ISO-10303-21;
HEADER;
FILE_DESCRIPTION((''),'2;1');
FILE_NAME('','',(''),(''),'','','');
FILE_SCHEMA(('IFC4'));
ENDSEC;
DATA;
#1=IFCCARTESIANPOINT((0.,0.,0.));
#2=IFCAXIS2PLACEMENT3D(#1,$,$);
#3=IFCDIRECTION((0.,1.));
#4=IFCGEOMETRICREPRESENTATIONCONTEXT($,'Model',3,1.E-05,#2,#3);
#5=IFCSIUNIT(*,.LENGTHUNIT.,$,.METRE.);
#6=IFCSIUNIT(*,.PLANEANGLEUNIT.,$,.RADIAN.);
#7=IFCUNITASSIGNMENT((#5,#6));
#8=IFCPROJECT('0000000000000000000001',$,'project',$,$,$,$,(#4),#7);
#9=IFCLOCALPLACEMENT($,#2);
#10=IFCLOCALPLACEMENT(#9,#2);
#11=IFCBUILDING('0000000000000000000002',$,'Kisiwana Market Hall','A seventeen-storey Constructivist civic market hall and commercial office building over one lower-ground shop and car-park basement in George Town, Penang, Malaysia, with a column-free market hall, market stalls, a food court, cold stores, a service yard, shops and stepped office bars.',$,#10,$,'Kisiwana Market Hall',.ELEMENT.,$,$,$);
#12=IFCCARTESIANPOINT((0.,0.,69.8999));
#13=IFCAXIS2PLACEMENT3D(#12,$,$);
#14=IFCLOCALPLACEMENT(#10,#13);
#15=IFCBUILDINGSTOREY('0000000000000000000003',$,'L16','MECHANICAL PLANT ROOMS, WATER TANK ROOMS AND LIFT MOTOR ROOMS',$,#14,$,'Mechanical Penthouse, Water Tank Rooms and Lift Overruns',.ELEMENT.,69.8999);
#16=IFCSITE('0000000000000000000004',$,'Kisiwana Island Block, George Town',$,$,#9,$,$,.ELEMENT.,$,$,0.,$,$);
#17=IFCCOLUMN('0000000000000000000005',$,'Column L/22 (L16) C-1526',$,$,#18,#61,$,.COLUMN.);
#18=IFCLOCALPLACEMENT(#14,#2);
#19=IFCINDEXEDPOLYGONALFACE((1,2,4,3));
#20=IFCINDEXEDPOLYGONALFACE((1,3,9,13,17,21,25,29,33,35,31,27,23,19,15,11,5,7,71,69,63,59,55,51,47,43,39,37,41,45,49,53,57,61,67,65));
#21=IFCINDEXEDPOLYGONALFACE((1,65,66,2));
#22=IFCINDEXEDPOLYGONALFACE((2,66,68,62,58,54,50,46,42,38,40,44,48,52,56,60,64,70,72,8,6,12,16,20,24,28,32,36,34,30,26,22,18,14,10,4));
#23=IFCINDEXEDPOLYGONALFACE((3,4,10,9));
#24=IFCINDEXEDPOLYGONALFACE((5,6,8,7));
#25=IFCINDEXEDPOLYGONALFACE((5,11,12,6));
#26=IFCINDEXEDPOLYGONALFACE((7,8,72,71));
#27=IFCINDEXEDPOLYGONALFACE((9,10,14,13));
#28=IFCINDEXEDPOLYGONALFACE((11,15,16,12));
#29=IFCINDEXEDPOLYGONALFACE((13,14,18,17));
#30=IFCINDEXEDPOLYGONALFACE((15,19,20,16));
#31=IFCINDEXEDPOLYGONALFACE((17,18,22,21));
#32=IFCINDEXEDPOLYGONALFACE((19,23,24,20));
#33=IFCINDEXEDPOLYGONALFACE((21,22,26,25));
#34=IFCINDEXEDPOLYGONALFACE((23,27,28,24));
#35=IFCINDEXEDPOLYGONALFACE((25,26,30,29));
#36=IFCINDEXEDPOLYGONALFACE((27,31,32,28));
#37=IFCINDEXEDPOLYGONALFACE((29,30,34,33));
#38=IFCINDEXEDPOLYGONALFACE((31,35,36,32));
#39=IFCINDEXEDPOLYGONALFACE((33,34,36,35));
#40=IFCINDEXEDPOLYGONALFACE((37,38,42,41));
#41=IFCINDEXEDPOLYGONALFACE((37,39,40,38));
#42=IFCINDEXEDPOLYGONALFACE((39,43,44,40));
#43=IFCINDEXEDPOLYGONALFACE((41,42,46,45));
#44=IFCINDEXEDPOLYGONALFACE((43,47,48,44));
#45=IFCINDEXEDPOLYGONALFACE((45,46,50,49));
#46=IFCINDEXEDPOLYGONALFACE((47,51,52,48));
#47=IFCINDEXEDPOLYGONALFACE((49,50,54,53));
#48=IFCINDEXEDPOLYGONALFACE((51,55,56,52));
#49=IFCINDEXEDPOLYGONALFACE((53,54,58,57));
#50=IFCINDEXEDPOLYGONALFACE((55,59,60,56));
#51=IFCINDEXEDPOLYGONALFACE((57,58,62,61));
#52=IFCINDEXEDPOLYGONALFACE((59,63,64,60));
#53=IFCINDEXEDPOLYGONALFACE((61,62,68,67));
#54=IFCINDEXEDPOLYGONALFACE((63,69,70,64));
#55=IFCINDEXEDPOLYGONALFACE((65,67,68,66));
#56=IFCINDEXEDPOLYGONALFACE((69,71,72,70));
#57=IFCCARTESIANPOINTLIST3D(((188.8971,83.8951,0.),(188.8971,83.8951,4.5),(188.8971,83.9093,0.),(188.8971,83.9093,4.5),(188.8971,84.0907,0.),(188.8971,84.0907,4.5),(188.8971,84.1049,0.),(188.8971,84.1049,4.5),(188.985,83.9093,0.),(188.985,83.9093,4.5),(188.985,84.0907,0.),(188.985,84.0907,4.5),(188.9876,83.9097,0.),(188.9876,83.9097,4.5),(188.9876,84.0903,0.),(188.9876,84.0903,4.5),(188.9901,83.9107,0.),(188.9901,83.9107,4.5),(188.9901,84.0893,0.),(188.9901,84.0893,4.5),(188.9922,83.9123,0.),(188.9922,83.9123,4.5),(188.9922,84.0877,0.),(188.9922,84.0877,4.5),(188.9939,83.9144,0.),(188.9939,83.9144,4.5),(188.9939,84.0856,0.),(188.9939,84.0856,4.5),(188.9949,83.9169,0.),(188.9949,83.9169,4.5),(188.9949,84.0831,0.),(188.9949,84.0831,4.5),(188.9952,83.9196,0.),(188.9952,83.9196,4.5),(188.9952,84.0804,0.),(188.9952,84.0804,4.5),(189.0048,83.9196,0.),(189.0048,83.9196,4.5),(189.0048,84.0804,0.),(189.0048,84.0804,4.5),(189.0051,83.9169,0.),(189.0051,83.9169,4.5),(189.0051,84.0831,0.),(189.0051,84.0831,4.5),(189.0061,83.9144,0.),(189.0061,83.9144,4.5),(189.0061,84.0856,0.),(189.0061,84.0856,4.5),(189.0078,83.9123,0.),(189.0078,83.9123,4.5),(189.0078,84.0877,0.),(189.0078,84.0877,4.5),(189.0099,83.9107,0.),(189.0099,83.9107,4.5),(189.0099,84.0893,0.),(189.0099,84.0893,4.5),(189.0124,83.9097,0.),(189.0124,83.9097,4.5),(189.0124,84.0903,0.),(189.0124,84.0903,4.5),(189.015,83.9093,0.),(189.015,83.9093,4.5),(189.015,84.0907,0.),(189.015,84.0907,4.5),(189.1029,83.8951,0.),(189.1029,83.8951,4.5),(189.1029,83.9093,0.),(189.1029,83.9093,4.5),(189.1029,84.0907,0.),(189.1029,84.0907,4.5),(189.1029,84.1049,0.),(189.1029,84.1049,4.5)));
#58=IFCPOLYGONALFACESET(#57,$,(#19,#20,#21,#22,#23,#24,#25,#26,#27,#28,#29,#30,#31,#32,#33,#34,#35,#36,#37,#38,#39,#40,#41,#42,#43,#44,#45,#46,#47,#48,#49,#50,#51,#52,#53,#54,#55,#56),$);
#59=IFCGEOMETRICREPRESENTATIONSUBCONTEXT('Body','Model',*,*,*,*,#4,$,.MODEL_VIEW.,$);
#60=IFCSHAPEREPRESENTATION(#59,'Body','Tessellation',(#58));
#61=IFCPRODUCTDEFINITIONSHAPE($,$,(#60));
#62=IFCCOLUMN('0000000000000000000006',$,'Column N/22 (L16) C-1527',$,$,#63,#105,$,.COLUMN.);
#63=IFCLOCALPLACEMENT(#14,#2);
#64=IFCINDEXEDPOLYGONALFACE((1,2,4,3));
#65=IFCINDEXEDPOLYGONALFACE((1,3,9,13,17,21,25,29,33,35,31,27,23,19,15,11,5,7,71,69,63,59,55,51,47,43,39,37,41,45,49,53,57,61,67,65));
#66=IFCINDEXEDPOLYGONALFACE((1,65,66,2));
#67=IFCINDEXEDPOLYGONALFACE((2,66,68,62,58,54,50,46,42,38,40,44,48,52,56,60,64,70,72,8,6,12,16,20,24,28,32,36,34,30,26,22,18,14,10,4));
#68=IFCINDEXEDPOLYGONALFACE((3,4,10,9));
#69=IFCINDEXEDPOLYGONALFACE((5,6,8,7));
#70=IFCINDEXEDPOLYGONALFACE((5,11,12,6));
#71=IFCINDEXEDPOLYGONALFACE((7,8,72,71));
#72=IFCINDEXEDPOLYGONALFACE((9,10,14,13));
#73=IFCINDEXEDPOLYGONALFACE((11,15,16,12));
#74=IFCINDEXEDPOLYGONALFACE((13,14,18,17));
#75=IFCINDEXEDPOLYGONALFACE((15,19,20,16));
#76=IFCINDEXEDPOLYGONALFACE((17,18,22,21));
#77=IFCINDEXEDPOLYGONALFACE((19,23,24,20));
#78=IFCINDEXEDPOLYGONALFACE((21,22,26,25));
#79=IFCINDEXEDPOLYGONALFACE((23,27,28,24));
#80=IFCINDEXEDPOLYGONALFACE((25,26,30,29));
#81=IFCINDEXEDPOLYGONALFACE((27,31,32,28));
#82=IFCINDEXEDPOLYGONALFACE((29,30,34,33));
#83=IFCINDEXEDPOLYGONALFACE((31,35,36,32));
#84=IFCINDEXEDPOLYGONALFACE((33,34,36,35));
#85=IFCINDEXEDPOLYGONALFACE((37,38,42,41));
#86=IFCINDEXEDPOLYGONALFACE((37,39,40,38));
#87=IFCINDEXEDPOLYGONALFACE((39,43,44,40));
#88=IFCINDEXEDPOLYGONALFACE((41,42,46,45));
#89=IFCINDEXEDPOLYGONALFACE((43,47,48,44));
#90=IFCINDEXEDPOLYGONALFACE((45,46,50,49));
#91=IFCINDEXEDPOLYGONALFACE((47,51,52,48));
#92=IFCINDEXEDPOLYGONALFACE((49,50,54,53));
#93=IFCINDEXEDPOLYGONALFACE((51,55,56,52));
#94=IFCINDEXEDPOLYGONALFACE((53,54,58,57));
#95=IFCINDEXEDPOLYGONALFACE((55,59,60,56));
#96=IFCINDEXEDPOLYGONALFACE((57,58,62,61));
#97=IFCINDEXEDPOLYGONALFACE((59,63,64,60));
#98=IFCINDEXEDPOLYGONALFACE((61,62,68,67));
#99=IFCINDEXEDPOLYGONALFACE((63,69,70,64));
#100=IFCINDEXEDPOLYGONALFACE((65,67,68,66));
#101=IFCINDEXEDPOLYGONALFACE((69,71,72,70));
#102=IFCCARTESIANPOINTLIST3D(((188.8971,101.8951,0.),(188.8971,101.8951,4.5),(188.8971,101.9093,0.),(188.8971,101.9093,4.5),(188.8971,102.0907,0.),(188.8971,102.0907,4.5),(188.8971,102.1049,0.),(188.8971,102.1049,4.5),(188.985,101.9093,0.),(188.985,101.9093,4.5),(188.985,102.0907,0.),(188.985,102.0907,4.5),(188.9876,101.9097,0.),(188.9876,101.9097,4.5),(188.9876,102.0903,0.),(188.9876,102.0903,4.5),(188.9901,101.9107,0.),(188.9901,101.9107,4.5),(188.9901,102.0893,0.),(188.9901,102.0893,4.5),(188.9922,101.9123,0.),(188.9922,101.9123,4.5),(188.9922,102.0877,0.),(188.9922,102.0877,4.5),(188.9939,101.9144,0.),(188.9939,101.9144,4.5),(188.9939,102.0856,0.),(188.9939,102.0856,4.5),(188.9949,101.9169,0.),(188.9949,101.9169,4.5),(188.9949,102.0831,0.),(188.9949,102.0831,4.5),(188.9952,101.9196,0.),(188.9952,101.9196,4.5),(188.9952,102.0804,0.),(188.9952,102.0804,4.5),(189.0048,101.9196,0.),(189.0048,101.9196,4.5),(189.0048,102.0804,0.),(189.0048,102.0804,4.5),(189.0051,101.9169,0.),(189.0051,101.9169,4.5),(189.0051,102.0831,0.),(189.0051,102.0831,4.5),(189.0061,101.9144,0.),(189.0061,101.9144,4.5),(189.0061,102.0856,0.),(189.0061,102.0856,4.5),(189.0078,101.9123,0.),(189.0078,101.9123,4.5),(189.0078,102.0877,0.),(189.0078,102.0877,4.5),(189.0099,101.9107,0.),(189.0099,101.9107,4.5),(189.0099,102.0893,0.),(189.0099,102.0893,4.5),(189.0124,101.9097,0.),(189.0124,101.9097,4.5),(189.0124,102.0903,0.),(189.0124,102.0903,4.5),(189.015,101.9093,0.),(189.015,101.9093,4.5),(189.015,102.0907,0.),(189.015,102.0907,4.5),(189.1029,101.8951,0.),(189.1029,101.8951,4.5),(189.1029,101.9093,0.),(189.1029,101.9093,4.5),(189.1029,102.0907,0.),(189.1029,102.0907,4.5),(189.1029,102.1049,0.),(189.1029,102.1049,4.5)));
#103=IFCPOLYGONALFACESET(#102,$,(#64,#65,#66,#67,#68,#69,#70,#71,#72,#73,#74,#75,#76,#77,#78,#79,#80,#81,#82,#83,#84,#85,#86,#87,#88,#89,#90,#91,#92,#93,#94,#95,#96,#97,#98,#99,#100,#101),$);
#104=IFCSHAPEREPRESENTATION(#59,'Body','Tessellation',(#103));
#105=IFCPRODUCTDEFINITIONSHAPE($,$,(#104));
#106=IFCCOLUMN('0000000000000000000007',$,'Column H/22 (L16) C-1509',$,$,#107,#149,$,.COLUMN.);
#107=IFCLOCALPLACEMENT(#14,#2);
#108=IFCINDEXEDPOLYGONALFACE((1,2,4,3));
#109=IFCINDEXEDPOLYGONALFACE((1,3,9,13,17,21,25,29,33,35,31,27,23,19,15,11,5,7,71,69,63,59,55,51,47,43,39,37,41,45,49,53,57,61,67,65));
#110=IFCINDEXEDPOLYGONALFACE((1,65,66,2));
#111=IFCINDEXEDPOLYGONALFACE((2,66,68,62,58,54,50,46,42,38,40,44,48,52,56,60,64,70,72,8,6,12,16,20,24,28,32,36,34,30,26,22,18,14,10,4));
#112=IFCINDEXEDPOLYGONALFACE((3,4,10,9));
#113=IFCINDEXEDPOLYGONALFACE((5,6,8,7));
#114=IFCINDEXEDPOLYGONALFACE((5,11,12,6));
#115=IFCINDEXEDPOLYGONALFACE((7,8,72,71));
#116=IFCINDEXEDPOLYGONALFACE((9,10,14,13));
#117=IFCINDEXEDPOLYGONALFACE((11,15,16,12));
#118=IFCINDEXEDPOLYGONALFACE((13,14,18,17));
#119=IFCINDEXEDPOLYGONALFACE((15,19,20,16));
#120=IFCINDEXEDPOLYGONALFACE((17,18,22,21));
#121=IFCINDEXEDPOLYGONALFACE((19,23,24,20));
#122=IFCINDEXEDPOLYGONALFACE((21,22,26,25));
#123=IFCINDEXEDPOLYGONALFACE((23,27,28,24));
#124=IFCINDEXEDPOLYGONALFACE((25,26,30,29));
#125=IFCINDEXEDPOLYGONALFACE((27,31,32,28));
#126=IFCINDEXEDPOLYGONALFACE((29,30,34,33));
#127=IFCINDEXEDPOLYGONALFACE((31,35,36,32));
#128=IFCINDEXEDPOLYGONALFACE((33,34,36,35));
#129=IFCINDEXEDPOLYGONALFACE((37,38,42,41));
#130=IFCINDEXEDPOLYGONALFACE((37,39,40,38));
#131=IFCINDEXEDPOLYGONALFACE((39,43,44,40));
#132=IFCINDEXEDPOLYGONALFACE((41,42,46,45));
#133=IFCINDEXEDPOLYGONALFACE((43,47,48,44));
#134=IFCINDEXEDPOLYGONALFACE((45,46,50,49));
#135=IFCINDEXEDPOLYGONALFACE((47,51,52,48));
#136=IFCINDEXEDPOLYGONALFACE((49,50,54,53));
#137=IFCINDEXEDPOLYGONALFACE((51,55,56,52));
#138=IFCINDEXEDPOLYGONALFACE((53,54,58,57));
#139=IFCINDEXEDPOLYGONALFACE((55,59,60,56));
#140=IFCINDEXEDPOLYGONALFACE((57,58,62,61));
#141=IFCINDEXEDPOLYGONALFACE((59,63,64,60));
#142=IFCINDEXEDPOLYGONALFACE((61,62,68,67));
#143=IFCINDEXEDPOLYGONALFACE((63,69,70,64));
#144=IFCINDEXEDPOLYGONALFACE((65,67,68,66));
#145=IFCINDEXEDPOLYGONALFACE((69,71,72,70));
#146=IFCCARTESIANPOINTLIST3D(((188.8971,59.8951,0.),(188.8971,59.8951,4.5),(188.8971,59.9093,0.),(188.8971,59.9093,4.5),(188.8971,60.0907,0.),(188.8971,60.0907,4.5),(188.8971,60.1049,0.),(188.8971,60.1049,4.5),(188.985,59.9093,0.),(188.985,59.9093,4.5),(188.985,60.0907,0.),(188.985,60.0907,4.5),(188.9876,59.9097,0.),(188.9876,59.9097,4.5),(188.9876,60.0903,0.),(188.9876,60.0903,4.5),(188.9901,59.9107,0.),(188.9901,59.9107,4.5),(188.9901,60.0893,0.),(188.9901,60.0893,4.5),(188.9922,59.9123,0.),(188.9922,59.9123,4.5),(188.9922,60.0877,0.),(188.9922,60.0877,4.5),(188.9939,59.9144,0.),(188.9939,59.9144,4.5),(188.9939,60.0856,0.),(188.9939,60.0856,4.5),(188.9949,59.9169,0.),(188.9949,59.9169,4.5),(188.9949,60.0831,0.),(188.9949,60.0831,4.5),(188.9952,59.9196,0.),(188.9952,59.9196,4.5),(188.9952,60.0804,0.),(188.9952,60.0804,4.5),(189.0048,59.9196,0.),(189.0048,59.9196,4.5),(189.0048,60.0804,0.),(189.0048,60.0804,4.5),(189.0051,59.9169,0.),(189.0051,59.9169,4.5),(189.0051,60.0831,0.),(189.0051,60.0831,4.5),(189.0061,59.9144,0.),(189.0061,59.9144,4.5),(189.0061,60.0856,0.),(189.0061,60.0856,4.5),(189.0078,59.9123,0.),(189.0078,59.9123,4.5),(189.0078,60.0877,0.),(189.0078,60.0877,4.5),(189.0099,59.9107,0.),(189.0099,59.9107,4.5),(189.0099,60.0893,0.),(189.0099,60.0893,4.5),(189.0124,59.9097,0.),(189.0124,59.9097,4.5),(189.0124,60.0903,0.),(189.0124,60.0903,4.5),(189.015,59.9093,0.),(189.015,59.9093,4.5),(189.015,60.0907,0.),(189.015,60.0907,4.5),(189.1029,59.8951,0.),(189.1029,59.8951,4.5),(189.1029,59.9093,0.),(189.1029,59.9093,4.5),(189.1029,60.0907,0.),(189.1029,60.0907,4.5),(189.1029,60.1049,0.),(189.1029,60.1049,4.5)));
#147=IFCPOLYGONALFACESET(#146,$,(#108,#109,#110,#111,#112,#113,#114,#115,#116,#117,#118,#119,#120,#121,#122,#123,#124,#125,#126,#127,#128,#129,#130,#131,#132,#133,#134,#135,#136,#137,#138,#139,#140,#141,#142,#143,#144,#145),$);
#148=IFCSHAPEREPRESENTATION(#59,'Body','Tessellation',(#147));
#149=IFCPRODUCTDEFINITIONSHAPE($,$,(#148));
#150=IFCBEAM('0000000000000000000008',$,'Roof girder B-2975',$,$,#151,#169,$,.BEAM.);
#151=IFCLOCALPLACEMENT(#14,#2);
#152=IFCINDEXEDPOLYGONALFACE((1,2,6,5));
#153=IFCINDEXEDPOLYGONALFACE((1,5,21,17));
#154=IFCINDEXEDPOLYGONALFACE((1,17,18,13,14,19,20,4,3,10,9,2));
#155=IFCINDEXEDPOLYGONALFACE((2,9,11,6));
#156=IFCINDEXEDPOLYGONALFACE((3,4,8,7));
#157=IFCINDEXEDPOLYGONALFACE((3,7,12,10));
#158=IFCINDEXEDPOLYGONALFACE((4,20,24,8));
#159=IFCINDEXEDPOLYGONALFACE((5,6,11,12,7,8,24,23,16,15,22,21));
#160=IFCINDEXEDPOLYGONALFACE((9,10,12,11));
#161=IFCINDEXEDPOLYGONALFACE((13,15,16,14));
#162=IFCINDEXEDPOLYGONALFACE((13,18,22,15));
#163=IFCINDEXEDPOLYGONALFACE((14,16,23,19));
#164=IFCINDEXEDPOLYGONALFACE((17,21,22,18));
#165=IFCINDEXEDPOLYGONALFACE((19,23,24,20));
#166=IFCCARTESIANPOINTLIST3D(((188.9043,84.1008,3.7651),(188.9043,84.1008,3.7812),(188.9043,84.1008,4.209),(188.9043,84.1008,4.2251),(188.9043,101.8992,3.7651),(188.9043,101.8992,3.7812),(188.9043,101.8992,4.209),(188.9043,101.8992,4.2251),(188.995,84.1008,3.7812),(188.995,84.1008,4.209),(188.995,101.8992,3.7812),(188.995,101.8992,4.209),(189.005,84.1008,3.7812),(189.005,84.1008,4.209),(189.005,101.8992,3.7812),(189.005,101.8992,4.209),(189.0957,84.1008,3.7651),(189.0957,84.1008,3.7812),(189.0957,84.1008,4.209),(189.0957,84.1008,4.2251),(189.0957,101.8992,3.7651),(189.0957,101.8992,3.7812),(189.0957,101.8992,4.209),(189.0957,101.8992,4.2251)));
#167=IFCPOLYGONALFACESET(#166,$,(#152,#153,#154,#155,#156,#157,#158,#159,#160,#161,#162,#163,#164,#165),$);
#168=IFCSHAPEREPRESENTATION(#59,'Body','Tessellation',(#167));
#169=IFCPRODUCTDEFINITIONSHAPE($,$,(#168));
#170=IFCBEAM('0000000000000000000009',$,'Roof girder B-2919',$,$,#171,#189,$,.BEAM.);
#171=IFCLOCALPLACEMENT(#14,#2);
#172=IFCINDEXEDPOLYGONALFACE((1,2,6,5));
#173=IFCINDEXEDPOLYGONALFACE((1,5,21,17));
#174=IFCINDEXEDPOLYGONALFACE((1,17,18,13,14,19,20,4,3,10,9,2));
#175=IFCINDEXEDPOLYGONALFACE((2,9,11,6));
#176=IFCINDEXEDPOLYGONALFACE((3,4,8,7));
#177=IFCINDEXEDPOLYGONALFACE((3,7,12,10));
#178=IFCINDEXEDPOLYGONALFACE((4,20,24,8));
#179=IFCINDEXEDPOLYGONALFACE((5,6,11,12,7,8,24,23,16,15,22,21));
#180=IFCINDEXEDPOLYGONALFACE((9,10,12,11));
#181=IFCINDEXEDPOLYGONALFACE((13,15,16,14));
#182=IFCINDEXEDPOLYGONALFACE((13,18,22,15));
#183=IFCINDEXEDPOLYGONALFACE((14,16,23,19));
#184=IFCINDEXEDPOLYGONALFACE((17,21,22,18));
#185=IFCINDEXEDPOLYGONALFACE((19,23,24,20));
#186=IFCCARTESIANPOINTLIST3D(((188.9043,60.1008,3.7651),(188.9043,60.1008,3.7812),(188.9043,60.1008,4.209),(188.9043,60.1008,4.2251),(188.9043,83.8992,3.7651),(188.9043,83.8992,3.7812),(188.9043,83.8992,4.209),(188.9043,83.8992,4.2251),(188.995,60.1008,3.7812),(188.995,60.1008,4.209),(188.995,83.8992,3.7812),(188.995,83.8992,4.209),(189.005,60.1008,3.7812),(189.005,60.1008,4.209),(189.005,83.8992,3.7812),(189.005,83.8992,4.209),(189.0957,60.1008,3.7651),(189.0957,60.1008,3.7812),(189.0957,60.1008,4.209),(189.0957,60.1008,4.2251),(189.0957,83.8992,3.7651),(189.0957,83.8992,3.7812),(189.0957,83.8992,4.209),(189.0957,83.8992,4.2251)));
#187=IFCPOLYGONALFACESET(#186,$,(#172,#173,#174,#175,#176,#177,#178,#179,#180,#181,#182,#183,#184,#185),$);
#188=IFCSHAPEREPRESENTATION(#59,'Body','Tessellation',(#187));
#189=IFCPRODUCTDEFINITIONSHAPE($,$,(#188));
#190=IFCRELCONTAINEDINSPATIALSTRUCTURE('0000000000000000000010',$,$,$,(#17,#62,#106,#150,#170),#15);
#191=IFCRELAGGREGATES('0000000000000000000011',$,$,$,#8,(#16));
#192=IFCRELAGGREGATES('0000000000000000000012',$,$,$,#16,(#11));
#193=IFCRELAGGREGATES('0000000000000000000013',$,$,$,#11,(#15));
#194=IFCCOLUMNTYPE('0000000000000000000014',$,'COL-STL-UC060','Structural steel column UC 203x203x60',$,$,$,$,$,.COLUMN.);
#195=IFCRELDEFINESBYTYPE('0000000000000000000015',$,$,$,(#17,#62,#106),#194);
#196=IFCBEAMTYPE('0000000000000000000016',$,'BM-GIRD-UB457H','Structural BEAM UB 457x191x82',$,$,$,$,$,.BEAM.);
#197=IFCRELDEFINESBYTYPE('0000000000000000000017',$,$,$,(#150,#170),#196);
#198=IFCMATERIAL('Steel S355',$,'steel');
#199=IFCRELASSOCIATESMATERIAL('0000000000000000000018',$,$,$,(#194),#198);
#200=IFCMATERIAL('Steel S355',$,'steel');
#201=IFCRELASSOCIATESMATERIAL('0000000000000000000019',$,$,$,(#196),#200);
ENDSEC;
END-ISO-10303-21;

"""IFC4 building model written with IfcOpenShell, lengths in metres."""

from ifc_helpers import new_model, si_unit, direction, frame, origin, origin_2d, place, context, subcontext, project, spatial, i_section, extrude, material, material_profile, profile_set, type_object, element, save


model = new_model("IFC4")

# Units and contexts
model_context = context("Model", 3, precision=1e-05, world=origin(), true_north=direction((0.0, 1.0)))
body_context = subcontext(model_context, "Body", "Model", "MODEL_VIEW")
ifc_project = project(units=[si_unit("LENGTHUNIT", "METRE"), si_unit("PLANEANGLEUNIT", "RADIAN")], contexts=[model_context])

# Site, building, storey
site_placement = place(None, origin())
site = spatial("IfcSite", under=ifc_project, at=site_placement, Name="Kisiwana Island Block, George Town", CompositionType="ELEMENT", RefElevation=0.0)
building_placement = place(site_placement, origin())
building = spatial("IfcBuilding", under=site, at=building_placement, Name="Kisiwana Market Hall", Description="A seventeen-storey Constructivist civic market hall and commercial office building over one lower-ground shop and car-park basement in George Town, Penang, Malaysia, with a column-free market hall, market stalls, a food court, cold stores, a service yard, shops and stepped office bars.", LongName="Kisiwana Market Hall", CompositionType="ELEMENT")
storey_placement = place(building_placement, frame((0.0, 0.0, 69.8999)))
storey = spatial("IfcBuildingStorey", under=building, at=storey_placement, Name="L16", Description="MECHANICAL PLANT ROOMS, WATER TANK ROOMS AND LIFT MOTOR ROOMS", LongName="Mechanical Penthouse, Water Tank Rooms and Lift Overruns", CompositionType="ELEMENT", Elevation=69.8999)

# Columns
ifc_material_1 = material(Name="Steel S355", Category="steel")
ifc_material_profile_1 = material_profile(ifc_material_1, i_section(OverallWidth=0.2058, OverallDepth=0.2097, WebThickness=0.0095, FlangeThickness=0.0142, FilletRadius=0.0103, at=origin_2d()), Name="UC 203x203x60")
ifc_profile_set_1 = profile_set([ifc_material_profile_1], Name="Steel S355")
column_type = type_object("IfcColumnType", Name="COL-STL-UC060", Description="Structural steel column UC 203x203x60", PredefinedType="COLUMN", material=ifc_profile_set_1)
for number, where, z_axis, x_axis, name in (
    (1, (189.0, 84.0, 0.0), (0.0, 0.0, 1.0), (1.0, 0.0, 0.0), "Column L/22 (L16) C-1526"),
    (2, (189.0, 102.0, 0.0), (0.0, 0.0, 1.0), (1.0, 0.0, 0.0), "Column N/22 (L16) C-1527"),
    (3, (189.0, 60.0, 0.0), (0.0, 0.0, 1.0), (1.0, 0.0, 0.0), "Column H/22 (L16) C-1509"),
):
    element("IfcColumn", number, at=place(storey_placement, frame(where, z_axis=z_axis, x_axis=x_axis)), inside=storey, type_object=column_type, Name=name, PredefinedType="COLUMN", context=body_context, shape_type="SweptSolid", body=[
        extrude(i_section(OverallWidth=0.2058, OverallDepth=0.2097, WebThickness=0.0095, FlangeThickness=0.0142, FilletRadius=0.0103, at=origin_2d()), origin(), (0.0, 0.0, 1.0), 4.5),
    ])

# Beams
ifc_material_2 = material(Name="Steel S355", Category="steel")
ifc_material_profile_2 = material_profile(ifc_material_2, i_section(OverallWidth=0.1914, OverallDepth=0.46, WebThickness=0.01, FlangeThickness=0.0161, at=origin_2d()), Name="UB 457x191x82")
ifc_profile_set_2 = profile_set([ifc_material_profile_2], Name="Steel S355")
beam_type_1 = type_object("IfcBeamType", Name="BM-GIRD-UB457H", Description="Structural BEAM UB 457x191x82", PredefinedType="BEAM", material=ifc_profile_set_2)
beam_1_placement = place(storey_placement, frame((189.0, 84.1008, 3.9951), z_axis=(0.0, 1.0, 0.0), x_axis=(-1.0, 0.0, 0.0)))
element("IfcBeam", 4, at=beam_1_placement, inside=storey, type_object=beam_type_1, Name="Roof girder B-2975", PredefinedType="BEAM", context=body_context, shape_type="SweptSolid", body=[
    extrude(i_section(OverallWidth=0.1914, OverallDepth=0.46, WebThickness=0.01, FlangeThickness=0.0161, at=origin_2d()), origin(), (0.0, 0.0, 1.0), 17.7983),
])
beam_2_placement = place(storey_placement, frame((189.0, 60.1008, 3.9951), z_axis=(0.0, 1.0, 0.0), x_axis=(-1.0, 0.0, 0.0)))
element("IfcBeam", 5, at=beam_2_placement, inside=storey, type_object=beam_type_1, Name="Roof girder B-2919", PredefinedType="BEAM", context=body_context, shape_type="SweptSolid", body=[
    extrude(i_section(OverallWidth=0.1914, OverallDepth=0.46, WebThickness=0.01, FlangeThickness=0.0161, at=origin_2d()), origin(), (0.0, 0.0, 1.0), 23.7983),
])

save(model, "model.ifc")
